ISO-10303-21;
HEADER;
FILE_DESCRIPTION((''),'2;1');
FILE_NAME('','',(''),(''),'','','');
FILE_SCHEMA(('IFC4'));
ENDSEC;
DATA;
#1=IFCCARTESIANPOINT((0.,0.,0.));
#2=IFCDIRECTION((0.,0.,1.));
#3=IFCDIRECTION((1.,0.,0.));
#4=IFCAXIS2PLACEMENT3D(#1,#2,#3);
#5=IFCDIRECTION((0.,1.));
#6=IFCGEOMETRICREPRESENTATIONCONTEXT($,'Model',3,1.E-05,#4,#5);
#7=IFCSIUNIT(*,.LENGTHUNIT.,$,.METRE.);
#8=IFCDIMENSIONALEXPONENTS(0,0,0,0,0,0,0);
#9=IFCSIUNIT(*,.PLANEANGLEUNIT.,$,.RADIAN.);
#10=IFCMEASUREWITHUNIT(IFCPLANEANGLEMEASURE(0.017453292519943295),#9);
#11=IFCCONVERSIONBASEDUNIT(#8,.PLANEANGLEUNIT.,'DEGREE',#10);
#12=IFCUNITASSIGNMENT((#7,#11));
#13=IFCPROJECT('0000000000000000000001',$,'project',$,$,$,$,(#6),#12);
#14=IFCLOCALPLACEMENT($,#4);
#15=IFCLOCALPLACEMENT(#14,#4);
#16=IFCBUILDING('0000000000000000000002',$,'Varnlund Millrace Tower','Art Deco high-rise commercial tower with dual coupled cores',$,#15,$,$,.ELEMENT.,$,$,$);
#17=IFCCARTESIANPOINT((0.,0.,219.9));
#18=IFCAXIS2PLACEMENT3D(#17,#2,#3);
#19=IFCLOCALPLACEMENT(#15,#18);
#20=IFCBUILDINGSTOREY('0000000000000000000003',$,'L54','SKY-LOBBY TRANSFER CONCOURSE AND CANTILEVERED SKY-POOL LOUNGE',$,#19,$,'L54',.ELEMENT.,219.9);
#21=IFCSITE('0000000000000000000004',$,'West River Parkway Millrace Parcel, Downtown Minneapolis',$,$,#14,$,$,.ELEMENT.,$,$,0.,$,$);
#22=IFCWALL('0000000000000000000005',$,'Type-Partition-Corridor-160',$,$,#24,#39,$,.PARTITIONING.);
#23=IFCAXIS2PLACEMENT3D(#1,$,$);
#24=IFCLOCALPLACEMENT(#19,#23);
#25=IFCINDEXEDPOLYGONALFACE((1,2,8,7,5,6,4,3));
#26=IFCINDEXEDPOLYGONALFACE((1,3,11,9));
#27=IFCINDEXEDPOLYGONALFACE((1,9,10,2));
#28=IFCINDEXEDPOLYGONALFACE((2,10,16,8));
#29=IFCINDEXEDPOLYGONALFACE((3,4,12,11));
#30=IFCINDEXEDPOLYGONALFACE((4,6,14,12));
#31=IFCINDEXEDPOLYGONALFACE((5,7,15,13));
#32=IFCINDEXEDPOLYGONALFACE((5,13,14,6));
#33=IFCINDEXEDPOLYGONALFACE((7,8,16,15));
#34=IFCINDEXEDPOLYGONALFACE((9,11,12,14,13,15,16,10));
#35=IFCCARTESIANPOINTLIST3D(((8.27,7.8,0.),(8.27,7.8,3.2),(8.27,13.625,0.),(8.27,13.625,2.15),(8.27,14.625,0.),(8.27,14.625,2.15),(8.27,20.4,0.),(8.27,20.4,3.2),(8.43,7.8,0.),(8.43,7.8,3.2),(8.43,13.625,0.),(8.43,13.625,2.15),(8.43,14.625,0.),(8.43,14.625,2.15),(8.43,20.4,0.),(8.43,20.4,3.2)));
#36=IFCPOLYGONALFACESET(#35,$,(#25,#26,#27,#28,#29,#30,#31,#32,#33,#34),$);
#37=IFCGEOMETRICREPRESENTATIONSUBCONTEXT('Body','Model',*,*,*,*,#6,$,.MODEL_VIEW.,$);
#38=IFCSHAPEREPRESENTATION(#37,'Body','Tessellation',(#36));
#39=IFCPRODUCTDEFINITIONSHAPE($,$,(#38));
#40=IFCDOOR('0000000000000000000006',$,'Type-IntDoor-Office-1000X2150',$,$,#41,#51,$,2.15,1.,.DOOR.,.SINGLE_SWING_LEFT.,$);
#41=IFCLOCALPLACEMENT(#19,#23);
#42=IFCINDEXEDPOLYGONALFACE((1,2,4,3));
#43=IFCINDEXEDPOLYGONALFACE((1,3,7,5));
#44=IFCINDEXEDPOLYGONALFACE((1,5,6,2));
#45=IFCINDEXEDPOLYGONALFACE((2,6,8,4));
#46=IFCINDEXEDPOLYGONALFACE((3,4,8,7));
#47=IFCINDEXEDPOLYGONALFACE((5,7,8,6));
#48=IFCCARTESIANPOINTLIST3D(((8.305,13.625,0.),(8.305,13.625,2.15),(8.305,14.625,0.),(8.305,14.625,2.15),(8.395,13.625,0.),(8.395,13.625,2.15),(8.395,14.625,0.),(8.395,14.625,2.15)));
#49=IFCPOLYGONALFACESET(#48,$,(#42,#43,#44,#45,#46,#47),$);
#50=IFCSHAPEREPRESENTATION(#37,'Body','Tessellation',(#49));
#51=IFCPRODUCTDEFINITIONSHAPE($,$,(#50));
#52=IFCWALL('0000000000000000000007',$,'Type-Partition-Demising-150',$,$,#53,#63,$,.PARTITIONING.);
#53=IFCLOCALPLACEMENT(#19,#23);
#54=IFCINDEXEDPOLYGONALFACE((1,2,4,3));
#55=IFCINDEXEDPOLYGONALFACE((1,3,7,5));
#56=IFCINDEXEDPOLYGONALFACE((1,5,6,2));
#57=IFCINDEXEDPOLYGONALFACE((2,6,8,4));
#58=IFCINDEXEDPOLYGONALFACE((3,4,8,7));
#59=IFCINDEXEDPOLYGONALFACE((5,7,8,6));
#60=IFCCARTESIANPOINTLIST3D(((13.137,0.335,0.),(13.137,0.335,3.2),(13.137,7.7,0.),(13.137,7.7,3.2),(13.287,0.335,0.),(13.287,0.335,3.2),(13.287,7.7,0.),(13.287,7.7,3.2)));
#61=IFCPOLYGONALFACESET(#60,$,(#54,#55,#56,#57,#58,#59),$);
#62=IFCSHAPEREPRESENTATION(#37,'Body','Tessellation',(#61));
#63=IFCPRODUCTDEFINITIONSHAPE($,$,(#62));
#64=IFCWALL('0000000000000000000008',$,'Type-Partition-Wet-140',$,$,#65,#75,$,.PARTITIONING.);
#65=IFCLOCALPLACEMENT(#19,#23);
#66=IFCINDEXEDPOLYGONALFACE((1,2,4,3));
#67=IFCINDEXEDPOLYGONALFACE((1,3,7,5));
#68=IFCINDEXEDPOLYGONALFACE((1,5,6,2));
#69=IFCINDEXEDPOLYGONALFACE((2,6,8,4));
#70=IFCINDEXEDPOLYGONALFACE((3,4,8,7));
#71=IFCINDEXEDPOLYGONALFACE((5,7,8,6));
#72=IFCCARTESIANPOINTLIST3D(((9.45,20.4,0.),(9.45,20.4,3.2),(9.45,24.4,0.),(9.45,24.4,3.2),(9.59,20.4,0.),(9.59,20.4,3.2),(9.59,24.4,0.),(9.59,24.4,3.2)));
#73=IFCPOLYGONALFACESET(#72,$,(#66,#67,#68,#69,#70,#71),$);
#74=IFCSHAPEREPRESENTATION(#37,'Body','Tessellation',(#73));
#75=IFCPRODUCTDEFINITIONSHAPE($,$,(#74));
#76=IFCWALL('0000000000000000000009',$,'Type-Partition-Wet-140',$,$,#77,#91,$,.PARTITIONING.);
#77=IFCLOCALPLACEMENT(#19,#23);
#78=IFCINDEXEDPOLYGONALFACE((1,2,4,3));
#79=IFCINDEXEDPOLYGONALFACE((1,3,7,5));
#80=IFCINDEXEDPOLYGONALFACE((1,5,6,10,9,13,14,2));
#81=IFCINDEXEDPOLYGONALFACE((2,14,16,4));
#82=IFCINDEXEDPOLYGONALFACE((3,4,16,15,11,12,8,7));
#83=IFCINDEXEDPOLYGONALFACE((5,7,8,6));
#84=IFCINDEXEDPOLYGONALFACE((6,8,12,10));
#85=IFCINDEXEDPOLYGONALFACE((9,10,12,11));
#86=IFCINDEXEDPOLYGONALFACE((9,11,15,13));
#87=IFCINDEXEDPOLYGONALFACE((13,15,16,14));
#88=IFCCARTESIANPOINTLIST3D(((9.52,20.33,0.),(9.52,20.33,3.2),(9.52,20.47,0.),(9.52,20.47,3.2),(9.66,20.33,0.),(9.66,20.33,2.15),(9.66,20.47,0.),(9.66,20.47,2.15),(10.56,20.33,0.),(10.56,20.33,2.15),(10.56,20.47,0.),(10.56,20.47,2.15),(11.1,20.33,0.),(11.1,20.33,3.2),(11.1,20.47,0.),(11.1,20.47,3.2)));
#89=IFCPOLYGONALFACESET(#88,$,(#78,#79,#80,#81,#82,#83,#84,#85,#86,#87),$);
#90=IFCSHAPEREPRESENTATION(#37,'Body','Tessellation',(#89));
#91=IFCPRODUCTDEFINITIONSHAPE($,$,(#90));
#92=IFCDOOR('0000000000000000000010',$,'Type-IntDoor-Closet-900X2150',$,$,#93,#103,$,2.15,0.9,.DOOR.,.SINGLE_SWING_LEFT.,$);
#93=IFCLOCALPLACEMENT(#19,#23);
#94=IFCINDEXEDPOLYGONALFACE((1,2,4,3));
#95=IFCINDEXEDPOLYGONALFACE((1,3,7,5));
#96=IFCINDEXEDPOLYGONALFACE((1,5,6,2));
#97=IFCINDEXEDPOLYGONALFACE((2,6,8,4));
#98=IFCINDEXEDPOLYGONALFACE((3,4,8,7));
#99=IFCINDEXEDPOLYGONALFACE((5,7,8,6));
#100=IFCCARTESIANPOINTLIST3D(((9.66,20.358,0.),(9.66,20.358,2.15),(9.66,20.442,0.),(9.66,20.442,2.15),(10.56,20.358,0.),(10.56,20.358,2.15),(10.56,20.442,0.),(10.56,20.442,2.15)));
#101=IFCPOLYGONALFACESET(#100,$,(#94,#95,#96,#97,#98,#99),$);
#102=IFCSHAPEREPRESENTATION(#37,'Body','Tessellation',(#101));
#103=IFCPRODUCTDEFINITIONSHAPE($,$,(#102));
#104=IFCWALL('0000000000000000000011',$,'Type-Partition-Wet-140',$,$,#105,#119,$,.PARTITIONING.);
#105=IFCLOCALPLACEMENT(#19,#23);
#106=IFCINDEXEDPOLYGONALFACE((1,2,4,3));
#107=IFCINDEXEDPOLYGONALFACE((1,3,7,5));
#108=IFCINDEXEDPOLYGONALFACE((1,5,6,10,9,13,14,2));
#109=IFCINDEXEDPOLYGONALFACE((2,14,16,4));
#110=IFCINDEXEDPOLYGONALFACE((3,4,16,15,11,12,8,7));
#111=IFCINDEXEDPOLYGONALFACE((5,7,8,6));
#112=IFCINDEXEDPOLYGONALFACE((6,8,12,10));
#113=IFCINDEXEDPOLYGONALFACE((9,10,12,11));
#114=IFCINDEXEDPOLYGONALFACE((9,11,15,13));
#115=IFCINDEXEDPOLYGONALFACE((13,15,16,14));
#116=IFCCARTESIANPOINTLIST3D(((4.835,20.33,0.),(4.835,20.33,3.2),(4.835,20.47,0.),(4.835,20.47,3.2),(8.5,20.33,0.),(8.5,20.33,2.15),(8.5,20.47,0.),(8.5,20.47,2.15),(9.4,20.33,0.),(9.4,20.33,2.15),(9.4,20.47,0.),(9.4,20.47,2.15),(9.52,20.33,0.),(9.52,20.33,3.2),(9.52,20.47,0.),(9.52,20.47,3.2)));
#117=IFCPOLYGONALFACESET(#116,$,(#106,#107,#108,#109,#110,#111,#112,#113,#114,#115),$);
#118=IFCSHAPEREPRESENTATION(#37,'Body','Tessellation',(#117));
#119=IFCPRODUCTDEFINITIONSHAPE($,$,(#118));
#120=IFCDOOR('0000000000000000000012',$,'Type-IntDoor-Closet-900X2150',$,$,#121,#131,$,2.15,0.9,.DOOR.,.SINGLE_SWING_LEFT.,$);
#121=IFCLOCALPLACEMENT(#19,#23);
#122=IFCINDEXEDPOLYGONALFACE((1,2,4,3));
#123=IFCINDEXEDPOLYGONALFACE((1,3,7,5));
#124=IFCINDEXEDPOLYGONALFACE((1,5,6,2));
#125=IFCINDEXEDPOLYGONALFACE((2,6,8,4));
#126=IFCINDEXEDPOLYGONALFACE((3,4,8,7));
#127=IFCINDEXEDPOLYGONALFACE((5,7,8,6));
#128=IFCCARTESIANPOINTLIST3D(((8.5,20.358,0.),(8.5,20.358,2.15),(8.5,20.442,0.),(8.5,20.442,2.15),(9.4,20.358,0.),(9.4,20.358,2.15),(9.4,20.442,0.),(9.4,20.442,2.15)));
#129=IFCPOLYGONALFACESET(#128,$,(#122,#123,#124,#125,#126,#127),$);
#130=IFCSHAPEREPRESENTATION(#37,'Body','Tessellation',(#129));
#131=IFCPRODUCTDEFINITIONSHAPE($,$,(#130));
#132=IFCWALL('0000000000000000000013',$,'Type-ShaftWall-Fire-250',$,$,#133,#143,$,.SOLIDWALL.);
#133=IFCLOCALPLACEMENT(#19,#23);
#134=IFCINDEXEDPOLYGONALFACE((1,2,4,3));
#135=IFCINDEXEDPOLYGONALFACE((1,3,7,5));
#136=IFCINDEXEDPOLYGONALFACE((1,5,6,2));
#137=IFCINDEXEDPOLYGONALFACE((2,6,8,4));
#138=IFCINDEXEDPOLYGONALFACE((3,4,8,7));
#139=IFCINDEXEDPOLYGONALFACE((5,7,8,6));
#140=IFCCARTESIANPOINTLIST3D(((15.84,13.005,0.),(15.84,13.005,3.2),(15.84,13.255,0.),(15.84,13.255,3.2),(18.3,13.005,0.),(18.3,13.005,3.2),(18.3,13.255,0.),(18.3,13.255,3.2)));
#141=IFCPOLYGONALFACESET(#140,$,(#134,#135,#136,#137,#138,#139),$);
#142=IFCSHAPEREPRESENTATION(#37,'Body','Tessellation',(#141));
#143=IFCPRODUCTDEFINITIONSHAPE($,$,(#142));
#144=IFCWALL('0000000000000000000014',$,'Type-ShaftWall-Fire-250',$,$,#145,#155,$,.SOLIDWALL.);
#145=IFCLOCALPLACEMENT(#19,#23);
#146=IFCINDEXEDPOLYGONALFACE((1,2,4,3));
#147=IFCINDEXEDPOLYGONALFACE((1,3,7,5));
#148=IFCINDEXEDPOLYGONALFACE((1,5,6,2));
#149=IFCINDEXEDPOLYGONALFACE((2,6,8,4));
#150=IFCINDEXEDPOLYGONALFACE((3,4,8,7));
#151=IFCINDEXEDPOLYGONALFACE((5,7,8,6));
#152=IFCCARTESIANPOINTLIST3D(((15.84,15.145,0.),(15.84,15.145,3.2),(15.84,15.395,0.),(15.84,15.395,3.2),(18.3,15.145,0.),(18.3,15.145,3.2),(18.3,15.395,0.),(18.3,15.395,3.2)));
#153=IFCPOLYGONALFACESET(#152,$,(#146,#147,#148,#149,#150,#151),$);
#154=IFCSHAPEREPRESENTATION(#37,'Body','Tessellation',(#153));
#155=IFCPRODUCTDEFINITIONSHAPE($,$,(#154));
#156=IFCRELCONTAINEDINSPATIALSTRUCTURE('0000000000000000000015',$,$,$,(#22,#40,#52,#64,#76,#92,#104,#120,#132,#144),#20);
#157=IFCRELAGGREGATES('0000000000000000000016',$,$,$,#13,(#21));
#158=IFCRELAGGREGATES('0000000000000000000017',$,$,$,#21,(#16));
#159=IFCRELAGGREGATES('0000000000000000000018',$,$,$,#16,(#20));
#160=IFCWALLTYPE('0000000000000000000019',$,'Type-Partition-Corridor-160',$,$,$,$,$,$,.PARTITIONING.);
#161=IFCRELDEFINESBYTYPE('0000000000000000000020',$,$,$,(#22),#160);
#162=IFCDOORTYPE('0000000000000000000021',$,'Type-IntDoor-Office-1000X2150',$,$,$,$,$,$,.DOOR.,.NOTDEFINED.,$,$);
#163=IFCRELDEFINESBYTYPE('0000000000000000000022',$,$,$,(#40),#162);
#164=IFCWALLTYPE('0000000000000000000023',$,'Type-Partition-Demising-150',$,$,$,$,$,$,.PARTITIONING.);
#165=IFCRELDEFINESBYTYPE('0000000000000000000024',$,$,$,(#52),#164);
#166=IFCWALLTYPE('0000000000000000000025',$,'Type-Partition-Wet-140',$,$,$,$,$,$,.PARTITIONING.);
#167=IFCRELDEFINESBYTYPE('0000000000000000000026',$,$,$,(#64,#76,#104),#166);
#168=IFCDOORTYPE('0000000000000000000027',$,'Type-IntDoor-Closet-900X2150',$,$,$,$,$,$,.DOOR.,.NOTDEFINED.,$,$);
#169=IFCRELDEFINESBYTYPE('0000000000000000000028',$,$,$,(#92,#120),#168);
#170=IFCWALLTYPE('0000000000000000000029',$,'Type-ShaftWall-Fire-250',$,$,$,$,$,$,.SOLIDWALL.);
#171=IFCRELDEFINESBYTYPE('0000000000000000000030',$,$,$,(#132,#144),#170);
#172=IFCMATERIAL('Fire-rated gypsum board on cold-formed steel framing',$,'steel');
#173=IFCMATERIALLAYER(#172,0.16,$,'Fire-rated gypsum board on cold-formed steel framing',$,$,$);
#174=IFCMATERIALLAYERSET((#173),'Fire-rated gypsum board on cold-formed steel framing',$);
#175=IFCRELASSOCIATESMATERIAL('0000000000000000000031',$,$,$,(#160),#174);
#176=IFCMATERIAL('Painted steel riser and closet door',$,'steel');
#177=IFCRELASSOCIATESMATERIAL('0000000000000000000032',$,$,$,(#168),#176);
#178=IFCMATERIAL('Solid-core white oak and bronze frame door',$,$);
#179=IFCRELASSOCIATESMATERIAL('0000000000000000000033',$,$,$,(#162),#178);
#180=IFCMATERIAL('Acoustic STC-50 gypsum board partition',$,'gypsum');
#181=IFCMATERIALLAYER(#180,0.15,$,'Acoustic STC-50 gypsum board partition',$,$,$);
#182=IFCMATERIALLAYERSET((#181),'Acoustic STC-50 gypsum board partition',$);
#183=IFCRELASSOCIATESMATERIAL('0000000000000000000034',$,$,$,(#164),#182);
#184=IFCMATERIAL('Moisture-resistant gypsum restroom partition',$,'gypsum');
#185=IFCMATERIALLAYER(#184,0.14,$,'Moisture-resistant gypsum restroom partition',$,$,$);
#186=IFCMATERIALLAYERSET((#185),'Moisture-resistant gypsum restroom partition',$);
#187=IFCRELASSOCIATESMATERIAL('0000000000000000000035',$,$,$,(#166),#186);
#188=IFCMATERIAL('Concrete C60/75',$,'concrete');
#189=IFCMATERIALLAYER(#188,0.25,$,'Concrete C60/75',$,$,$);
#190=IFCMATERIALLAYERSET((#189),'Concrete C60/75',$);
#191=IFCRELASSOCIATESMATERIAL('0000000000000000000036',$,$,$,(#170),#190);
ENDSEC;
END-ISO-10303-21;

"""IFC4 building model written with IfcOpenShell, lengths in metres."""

from ifc_helpers import new_model, entity, si_unit, converted_unit, direction, frame, origin_with_axes, origin_2d_with_axis, place, context, subcontext, project, spatial, polyline, rectangle, outline, extrude, material, layer, layer_set, type_object, element, fill, save


model = new_model("IFC4")

# Units and contexts
model_context = context("Model", 3, precision=1e-05, world=origin_with_axes(), true_north=direction((0.0, 1.0)))
body_context = subcontext(model_context, "Body", "Model", "MODEL_VIEW")
ifc_project = project(units=[si_unit("LENGTHUNIT", "METRE"), converted_unit("PLANEANGLEUNIT", "DEGREE", entity("IfcPlaneAngleMeasure", 0.017453292519943295), si_unit("PLANEANGLEUNIT", "RADIAN"), dimensions=[0, 0, 0, 0, 0, 0, 0])], contexts=[model_context])

# Site, building, storey
site_placement = place(None, origin_with_axes())
site = spatial("IfcSite", under=ifc_project, at=site_placement, Name="West River Parkway Millrace Parcel, Downtown Minneapolis", CompositionType="ELEMENT", RefElevation=0.0)
building_placement = place(site_placement, origin_with_axes())
building = spatial("IfcBuilding", under=site, at=building_placement, Name="Varnlund Millrace Tower", Description="Art Deco high-rise commercial tower with dual coupled cores", CompositionType="ELEMENT")
storey_placement = place(building_placement, frame((0.0, 0.0, 219.9), z_axis=(0.0, 0.0, 1.0), x_axis=(1.0, 0.0, 0.0)))
storey = spatial("IfcBuildingStorey", under=building, at=storey_placement, Name="L54", Description="SKY-LOBBY TRANSFER CONCOURSE AND CANTILEVERED SKY-POOL LOUNGE", LongName="L54", CompositionType="ELEMENT", Elevation=219.9)

# Shared definitions
ifc_material_1 = material(Name="Fire-rated gypsum board on cold-formed steel framing", Category="steel")
ifc_layer_1 = layer(ifc_material_1, 0.16, Name="Fire-rated gypsum board on cold-formed steel framing")
ifc_layer_set_1 = layer_set([ifc_layer_1], Name="Fire-rated gypsum board on cold-formed steel framing")
wall_type_1 = type_object("IfcWallType", Name="Type-Partition-Corridor-160", PredefinedType="PARTITIONING", material=ifc_layer_set_1)
ifc_material_2 = material(Name="Painted steel riser and closet door", Category="steel")
door_type_1 = type_object("IfcDoorType", Name="Type-IntDoor-Closet-900X2150", OperationType="NOTDEFINED", PredefinedType="DOOR", material=ifc_material_2)

# Shared definitions
ifc_material_3 = material(Name="Solid-core white oak and bronze frame door")
door_type_2 = type_object("IfcDoorType", Name="Type-IntDoor-Office-1000X2150", OperationType="NOTDEFINED", PredefinedType="DOOR", material=ifc_material_3)

# Wall, opening, door
wall_1_placement = place(storey_placement, frame((8.35, 7.8, 0.0), z_axis=(0.0, 0.0, 1.0), x_axis=(0.0, 1.0, 0.0)))
wall_1 = element("IfcWall", 1, at=wall_1_placement, inside=storey, type_object=wall_type_1, Name="Type-Partition-Corridor-160", PredefinedType="PARTITIONING", context=body_context, shape_type="SweptSolid", body=[
    extrude(outline(polyline([(0.0, -0.08), (12.6, -0.08), (12.6, 0.08), (0.0, 0.08), (0.0, -0.08)])), origin_with_axes(), (0.0, 0.0, 1.0), 3.2),
])
opening_1_placement = place(wall_1_placement, frame((6.325, 0.0, 0.0), z_axis=(0.0, 0.0, 1.0), x_axis=(1.0, 0.0, 0.0)))
opening_1 = element("IfcOpeningElement", 2, at=opening_1_placement, cuts=wall_1, PredefinedType="OPENING", context=body_context, shape_type="SweptSolid", body=[
    extrude(rectangle(XDim=1.0, YDim=0.18, at=origin_2d_with_axis()), origin_with_axes(), (0.0, 0.0, 1.0), 2.15),
])
door_1_placement = place(wall_1_placement, frame((6.325, 0.0, 0.0), z_axis=(0.0, 0.0, 1.0), x_axis=(1.0, 0.0, 0.0)))
door_1 = element("IfcDoor", 3, at=door_1_placement, inside=storey, type_object=door_type_2, Name="Type-IntDoor-Office-1000X2150", OperationType="SINGLE_SWING_LEFT", OverallHeight=2.15, OverallWidth=1.0, PredefinedType="DOOR", context=body_context, shape_type="SweptSolid", body=[
    extrude(rectangle(XDim=1.0, YDim=0.09, at=origin_2d_with_axis()), origin_with_axes(), (0.0, 0.0, 1.0), 2.15),
])
fill(opening_1, door_1)

# Walls
ifc_material_4 = material(Name="Acoustic STC-50 gypsum board partition", Category="gypsum")
ifc_layer_2 = layer(ifc_material_4, 0.15, Name="Acoustic STC-50 gypsum board partition")
ifc_layer_set_2 = layer_set([ifc_layer_2], Name="Acoustic STC-50 gypsum board partition")
wall_type_2 = type_object("IfcWallType", Name="Type-Partition-Demising-150", PredefinedType="PARTITIONING", material=ifc_layer_set_2)
wall_2_placement = place(storey_placement, frame((13.212, 0.335, 0.0), z_axis=(0.0, 0.0, 1.0), x_axis=(0.0, 1.0, 0.0)))
element("IfcWall", 4, at=wall_2_placement, inside=storey, type_object=wall_type_2, Name="Type-Partition-Demising-150", PredefinedType="PARTITIONING", context=body_context, shape_type="SweptSolid", body=[
    extrude(outline(polyline([(0.0, -0.075), (7.365, -0.075), (7.365, 0.075), (0.0, 0.075), (0.0, -0.075)])), origin_with_axes(), (0.0, 0.0, 1.0), 3.2),
])
ifc_material_5 = material(Name="Moisture-resistant gypsum restroom partition", Category="gypsum")
ifc_layer_3 = layer(ifc_material_5, 0.14, Name="Moisture-resistant gypsum restroom partition")
ifc_layer_set_3 = layer_set([ifc_layer_3], Name="Moisture-resistant gypsum restroom partition")
wall_type_3 = type_object("IfcWallType", Name="Type-Partition-Wet-140", PredefinedType="PARTITIONING", material=ifc_layer_set_3)
wall_3_placement = place(storey_placement, frame((9.52, 20.4, 0.0), z_axis=(0.0, 0.0, 1.0), x_axis=(0.0, 1.0, 0.0)))
element("IfcWall", 5, at=wall_3_placement, inside=storey, type_object=wall_type_3, Name="Type-Partition-Wet-140", PredefinedType="PARTITIONING", context=body_context, shape_type="SweptSolid", body=[
    extrude(outline(polyline([(0.0, -0.07), (4.0, -0.07), (4.0, 0.07), (0.0, 0.07), (0.0, -0.07)])), origin_with_axes(), (0.0, 0.0, 1.0), 3.2),
])

# Walls, openings, doors
wall_4_placement = place(storey_placement, frame((9.52, 20.4, 0.0), z_axis=(0.0, 0.0, 1.0), x_axis=(1.0, 0.0, 0.0)))
wall_4 = element("IfcWall", 6, at=wall_4_placement, inside=storey, type_object=wall_type_3, Name="Type-Partition-Wet-140", PredefinedType="PARTITIONING", context=body_context, shape_type="SweptSolid", body=[
    extrude(outline(polyline([(0.0, -0.07), (1.58, -0.07), (1.58, 0.07), (0.0, 0.07), (0.0, -0.07)])), origin_with_axes(), (0.0, 0.0, 1.0), 3.2),
])
opening_2_placement = place(wall_4_placement, frame((0.59, 0.0, 0.0), z_axis=(0.0, 0.0, 1.0), x_axis=(1.0, 0.0, 0.0)))
opening_2 = element("IfcOpeningElement", 7, at=opening_2_placement, cuts=wall_4, PredefinedType="OPENING", context=body_context, shape_type="SweptSolid", body=[
    extrude(rectangle(XDim=0.9, YDim=0.16, at=origin_2d_with_axis()), origin_with_axes(), (0.0, 0.0, 1.0), 2.15),
])
door_2_placement = place(wall_4_placement, frame((0.59, 0.0, 0.0), z_axis=(0.0, 0.0, 1.0), x_axis=(1.0, 0.0, 0.0)))
door_2 = element("IfcDoor", 8, at=door_2_placement, inside=storey, type_object=door_type_1, Name="Type-IntDoor-Closet-900X2150", OperationType="SINGLE_SWING_LEFT", OverallHeight=2.15, OverallWidth=0.9, PredefinedType="DOOR", context=body_context, shape_type="SweptSolid", body=[
    extrude(rectangle(XDim=0.9, YDim=0.084, at=origin_2d_with_axis()), origin_with_axes(), (0.0, 0.0, 1.0), 2.15),
])
fill(opening_2, door_2)
wall_5_placement = place(storey_placement, frame((4.835, 20.4, 0.0), z_axis=(0.0, 0.0, 1.0), x_axis=(1.0, 0.0, 0.0)))
wall_5 = element("IfcWall", 9, at=wall_5_placement, inside=storey, type_object=wall_type_3, Name="Type-Partition-Wet-140", PredefinedType="PARTITIONING", context=body_context, shape_type="SweptSolid", body=[
    extrude(outline(polyline([(0.0, -0.07), (4.685, -0.07), (4.685, 0.07), (0.0, 0.07), (0.0, -0.07)])), origin_with_axes(), (0.0, 0.0, 1.0), 3.2),
])
opening_3_placement = place(wall_5_placement, frame((4.115, 0.0, 0.0), z_axis=(0.0, 0.0, 1.0), x_axis=(1.0, 0.0, 0.0)))
opening_3 = element("IfcOpeningElement", 10, at=opening_3_placement, cuts=wall_5, PredefinedType="OPENING", context=body_context, shape_type="SweptSolid", body=[
    extrude(rectangle(XDim=0.9, YDim=0.16, at=origin_2d_with_axis()), origin_with_axes(), (0.0, 0.0, 1.0), 2.15),
])
door_3_placement = place(wall_5_placement, frame((4.115, 0.0, 0.0), z_axis=(0.0, 0.0, 1.0), x_axis=(1.0, 0.0, 0.0)))
door_3 = element("IfcDoor", 11, at=door_3_placement, inside=storey, type_object=door_type_1, Name="Type-IntDoor-Closet-900X2150", OperationType="SINGLE_SWING_LEFT", OverallHeight=2.15, OverallWidth=0.9, PredefinedType="DOOR", context=body_context, shape_type="SweptSolid", body=[
    extrude(rectangle(XDim=0.9, YDim=0.084, at=origin_2d_with_axis()), origin_with_axes(), (0.0, 0.0, 1.0), 2.15),
])
fill(opening_3, door_3)

# Walls
ifc_material_6 = material(Name="Concrete C60/75", Category="concrete")
ifc_layer_4 = layer(ifc_material_6, 0.25, Name="Concrete C60/75")
ifc_layer_set_4 = layer_set([ifc_layer_4], Name="Concrete C60/75")
wall_type_4 = type_object("IfcWallType", Name="Type-ShaftWall-Fire-250", PredefinedType="SOLIDWALL", material=ifc_layer_set_4)
for number, where, z_axis, x_axis, name in (
    (12, (15.84, 13.13, 0.0), (0.0, 0.0, 1.0), (1.0, 0.0, 0.0), "Type-ShaftWall-Fire-250"),
    (13, (15.84, 15.27, 0.0), (0.0, 0.0, 1.0), (1.0, 0.0, 0.0), "Type-ShaftWall-Fire-250"),
):
    element("IfcWall", number, at=place(storey_placement, frame(where, z_axis=z_axis, x_axis=x_axis)), inside=storey, type_object=wall_type_4, Name=name, PredefinedType="SOLIDWALL", context=body_context, shape_type="SweptSolid", body=[
        extrude(outline(polyline([(0.0, -0.125), (2.46, -0.125), (2.46, 0.125), (0.0, 0.125), (0.0, -0.125)])), origin_with_axes(), (0.0, 0.0, 1.0), 3.2),
    ])

save(model, "model.ifc")
